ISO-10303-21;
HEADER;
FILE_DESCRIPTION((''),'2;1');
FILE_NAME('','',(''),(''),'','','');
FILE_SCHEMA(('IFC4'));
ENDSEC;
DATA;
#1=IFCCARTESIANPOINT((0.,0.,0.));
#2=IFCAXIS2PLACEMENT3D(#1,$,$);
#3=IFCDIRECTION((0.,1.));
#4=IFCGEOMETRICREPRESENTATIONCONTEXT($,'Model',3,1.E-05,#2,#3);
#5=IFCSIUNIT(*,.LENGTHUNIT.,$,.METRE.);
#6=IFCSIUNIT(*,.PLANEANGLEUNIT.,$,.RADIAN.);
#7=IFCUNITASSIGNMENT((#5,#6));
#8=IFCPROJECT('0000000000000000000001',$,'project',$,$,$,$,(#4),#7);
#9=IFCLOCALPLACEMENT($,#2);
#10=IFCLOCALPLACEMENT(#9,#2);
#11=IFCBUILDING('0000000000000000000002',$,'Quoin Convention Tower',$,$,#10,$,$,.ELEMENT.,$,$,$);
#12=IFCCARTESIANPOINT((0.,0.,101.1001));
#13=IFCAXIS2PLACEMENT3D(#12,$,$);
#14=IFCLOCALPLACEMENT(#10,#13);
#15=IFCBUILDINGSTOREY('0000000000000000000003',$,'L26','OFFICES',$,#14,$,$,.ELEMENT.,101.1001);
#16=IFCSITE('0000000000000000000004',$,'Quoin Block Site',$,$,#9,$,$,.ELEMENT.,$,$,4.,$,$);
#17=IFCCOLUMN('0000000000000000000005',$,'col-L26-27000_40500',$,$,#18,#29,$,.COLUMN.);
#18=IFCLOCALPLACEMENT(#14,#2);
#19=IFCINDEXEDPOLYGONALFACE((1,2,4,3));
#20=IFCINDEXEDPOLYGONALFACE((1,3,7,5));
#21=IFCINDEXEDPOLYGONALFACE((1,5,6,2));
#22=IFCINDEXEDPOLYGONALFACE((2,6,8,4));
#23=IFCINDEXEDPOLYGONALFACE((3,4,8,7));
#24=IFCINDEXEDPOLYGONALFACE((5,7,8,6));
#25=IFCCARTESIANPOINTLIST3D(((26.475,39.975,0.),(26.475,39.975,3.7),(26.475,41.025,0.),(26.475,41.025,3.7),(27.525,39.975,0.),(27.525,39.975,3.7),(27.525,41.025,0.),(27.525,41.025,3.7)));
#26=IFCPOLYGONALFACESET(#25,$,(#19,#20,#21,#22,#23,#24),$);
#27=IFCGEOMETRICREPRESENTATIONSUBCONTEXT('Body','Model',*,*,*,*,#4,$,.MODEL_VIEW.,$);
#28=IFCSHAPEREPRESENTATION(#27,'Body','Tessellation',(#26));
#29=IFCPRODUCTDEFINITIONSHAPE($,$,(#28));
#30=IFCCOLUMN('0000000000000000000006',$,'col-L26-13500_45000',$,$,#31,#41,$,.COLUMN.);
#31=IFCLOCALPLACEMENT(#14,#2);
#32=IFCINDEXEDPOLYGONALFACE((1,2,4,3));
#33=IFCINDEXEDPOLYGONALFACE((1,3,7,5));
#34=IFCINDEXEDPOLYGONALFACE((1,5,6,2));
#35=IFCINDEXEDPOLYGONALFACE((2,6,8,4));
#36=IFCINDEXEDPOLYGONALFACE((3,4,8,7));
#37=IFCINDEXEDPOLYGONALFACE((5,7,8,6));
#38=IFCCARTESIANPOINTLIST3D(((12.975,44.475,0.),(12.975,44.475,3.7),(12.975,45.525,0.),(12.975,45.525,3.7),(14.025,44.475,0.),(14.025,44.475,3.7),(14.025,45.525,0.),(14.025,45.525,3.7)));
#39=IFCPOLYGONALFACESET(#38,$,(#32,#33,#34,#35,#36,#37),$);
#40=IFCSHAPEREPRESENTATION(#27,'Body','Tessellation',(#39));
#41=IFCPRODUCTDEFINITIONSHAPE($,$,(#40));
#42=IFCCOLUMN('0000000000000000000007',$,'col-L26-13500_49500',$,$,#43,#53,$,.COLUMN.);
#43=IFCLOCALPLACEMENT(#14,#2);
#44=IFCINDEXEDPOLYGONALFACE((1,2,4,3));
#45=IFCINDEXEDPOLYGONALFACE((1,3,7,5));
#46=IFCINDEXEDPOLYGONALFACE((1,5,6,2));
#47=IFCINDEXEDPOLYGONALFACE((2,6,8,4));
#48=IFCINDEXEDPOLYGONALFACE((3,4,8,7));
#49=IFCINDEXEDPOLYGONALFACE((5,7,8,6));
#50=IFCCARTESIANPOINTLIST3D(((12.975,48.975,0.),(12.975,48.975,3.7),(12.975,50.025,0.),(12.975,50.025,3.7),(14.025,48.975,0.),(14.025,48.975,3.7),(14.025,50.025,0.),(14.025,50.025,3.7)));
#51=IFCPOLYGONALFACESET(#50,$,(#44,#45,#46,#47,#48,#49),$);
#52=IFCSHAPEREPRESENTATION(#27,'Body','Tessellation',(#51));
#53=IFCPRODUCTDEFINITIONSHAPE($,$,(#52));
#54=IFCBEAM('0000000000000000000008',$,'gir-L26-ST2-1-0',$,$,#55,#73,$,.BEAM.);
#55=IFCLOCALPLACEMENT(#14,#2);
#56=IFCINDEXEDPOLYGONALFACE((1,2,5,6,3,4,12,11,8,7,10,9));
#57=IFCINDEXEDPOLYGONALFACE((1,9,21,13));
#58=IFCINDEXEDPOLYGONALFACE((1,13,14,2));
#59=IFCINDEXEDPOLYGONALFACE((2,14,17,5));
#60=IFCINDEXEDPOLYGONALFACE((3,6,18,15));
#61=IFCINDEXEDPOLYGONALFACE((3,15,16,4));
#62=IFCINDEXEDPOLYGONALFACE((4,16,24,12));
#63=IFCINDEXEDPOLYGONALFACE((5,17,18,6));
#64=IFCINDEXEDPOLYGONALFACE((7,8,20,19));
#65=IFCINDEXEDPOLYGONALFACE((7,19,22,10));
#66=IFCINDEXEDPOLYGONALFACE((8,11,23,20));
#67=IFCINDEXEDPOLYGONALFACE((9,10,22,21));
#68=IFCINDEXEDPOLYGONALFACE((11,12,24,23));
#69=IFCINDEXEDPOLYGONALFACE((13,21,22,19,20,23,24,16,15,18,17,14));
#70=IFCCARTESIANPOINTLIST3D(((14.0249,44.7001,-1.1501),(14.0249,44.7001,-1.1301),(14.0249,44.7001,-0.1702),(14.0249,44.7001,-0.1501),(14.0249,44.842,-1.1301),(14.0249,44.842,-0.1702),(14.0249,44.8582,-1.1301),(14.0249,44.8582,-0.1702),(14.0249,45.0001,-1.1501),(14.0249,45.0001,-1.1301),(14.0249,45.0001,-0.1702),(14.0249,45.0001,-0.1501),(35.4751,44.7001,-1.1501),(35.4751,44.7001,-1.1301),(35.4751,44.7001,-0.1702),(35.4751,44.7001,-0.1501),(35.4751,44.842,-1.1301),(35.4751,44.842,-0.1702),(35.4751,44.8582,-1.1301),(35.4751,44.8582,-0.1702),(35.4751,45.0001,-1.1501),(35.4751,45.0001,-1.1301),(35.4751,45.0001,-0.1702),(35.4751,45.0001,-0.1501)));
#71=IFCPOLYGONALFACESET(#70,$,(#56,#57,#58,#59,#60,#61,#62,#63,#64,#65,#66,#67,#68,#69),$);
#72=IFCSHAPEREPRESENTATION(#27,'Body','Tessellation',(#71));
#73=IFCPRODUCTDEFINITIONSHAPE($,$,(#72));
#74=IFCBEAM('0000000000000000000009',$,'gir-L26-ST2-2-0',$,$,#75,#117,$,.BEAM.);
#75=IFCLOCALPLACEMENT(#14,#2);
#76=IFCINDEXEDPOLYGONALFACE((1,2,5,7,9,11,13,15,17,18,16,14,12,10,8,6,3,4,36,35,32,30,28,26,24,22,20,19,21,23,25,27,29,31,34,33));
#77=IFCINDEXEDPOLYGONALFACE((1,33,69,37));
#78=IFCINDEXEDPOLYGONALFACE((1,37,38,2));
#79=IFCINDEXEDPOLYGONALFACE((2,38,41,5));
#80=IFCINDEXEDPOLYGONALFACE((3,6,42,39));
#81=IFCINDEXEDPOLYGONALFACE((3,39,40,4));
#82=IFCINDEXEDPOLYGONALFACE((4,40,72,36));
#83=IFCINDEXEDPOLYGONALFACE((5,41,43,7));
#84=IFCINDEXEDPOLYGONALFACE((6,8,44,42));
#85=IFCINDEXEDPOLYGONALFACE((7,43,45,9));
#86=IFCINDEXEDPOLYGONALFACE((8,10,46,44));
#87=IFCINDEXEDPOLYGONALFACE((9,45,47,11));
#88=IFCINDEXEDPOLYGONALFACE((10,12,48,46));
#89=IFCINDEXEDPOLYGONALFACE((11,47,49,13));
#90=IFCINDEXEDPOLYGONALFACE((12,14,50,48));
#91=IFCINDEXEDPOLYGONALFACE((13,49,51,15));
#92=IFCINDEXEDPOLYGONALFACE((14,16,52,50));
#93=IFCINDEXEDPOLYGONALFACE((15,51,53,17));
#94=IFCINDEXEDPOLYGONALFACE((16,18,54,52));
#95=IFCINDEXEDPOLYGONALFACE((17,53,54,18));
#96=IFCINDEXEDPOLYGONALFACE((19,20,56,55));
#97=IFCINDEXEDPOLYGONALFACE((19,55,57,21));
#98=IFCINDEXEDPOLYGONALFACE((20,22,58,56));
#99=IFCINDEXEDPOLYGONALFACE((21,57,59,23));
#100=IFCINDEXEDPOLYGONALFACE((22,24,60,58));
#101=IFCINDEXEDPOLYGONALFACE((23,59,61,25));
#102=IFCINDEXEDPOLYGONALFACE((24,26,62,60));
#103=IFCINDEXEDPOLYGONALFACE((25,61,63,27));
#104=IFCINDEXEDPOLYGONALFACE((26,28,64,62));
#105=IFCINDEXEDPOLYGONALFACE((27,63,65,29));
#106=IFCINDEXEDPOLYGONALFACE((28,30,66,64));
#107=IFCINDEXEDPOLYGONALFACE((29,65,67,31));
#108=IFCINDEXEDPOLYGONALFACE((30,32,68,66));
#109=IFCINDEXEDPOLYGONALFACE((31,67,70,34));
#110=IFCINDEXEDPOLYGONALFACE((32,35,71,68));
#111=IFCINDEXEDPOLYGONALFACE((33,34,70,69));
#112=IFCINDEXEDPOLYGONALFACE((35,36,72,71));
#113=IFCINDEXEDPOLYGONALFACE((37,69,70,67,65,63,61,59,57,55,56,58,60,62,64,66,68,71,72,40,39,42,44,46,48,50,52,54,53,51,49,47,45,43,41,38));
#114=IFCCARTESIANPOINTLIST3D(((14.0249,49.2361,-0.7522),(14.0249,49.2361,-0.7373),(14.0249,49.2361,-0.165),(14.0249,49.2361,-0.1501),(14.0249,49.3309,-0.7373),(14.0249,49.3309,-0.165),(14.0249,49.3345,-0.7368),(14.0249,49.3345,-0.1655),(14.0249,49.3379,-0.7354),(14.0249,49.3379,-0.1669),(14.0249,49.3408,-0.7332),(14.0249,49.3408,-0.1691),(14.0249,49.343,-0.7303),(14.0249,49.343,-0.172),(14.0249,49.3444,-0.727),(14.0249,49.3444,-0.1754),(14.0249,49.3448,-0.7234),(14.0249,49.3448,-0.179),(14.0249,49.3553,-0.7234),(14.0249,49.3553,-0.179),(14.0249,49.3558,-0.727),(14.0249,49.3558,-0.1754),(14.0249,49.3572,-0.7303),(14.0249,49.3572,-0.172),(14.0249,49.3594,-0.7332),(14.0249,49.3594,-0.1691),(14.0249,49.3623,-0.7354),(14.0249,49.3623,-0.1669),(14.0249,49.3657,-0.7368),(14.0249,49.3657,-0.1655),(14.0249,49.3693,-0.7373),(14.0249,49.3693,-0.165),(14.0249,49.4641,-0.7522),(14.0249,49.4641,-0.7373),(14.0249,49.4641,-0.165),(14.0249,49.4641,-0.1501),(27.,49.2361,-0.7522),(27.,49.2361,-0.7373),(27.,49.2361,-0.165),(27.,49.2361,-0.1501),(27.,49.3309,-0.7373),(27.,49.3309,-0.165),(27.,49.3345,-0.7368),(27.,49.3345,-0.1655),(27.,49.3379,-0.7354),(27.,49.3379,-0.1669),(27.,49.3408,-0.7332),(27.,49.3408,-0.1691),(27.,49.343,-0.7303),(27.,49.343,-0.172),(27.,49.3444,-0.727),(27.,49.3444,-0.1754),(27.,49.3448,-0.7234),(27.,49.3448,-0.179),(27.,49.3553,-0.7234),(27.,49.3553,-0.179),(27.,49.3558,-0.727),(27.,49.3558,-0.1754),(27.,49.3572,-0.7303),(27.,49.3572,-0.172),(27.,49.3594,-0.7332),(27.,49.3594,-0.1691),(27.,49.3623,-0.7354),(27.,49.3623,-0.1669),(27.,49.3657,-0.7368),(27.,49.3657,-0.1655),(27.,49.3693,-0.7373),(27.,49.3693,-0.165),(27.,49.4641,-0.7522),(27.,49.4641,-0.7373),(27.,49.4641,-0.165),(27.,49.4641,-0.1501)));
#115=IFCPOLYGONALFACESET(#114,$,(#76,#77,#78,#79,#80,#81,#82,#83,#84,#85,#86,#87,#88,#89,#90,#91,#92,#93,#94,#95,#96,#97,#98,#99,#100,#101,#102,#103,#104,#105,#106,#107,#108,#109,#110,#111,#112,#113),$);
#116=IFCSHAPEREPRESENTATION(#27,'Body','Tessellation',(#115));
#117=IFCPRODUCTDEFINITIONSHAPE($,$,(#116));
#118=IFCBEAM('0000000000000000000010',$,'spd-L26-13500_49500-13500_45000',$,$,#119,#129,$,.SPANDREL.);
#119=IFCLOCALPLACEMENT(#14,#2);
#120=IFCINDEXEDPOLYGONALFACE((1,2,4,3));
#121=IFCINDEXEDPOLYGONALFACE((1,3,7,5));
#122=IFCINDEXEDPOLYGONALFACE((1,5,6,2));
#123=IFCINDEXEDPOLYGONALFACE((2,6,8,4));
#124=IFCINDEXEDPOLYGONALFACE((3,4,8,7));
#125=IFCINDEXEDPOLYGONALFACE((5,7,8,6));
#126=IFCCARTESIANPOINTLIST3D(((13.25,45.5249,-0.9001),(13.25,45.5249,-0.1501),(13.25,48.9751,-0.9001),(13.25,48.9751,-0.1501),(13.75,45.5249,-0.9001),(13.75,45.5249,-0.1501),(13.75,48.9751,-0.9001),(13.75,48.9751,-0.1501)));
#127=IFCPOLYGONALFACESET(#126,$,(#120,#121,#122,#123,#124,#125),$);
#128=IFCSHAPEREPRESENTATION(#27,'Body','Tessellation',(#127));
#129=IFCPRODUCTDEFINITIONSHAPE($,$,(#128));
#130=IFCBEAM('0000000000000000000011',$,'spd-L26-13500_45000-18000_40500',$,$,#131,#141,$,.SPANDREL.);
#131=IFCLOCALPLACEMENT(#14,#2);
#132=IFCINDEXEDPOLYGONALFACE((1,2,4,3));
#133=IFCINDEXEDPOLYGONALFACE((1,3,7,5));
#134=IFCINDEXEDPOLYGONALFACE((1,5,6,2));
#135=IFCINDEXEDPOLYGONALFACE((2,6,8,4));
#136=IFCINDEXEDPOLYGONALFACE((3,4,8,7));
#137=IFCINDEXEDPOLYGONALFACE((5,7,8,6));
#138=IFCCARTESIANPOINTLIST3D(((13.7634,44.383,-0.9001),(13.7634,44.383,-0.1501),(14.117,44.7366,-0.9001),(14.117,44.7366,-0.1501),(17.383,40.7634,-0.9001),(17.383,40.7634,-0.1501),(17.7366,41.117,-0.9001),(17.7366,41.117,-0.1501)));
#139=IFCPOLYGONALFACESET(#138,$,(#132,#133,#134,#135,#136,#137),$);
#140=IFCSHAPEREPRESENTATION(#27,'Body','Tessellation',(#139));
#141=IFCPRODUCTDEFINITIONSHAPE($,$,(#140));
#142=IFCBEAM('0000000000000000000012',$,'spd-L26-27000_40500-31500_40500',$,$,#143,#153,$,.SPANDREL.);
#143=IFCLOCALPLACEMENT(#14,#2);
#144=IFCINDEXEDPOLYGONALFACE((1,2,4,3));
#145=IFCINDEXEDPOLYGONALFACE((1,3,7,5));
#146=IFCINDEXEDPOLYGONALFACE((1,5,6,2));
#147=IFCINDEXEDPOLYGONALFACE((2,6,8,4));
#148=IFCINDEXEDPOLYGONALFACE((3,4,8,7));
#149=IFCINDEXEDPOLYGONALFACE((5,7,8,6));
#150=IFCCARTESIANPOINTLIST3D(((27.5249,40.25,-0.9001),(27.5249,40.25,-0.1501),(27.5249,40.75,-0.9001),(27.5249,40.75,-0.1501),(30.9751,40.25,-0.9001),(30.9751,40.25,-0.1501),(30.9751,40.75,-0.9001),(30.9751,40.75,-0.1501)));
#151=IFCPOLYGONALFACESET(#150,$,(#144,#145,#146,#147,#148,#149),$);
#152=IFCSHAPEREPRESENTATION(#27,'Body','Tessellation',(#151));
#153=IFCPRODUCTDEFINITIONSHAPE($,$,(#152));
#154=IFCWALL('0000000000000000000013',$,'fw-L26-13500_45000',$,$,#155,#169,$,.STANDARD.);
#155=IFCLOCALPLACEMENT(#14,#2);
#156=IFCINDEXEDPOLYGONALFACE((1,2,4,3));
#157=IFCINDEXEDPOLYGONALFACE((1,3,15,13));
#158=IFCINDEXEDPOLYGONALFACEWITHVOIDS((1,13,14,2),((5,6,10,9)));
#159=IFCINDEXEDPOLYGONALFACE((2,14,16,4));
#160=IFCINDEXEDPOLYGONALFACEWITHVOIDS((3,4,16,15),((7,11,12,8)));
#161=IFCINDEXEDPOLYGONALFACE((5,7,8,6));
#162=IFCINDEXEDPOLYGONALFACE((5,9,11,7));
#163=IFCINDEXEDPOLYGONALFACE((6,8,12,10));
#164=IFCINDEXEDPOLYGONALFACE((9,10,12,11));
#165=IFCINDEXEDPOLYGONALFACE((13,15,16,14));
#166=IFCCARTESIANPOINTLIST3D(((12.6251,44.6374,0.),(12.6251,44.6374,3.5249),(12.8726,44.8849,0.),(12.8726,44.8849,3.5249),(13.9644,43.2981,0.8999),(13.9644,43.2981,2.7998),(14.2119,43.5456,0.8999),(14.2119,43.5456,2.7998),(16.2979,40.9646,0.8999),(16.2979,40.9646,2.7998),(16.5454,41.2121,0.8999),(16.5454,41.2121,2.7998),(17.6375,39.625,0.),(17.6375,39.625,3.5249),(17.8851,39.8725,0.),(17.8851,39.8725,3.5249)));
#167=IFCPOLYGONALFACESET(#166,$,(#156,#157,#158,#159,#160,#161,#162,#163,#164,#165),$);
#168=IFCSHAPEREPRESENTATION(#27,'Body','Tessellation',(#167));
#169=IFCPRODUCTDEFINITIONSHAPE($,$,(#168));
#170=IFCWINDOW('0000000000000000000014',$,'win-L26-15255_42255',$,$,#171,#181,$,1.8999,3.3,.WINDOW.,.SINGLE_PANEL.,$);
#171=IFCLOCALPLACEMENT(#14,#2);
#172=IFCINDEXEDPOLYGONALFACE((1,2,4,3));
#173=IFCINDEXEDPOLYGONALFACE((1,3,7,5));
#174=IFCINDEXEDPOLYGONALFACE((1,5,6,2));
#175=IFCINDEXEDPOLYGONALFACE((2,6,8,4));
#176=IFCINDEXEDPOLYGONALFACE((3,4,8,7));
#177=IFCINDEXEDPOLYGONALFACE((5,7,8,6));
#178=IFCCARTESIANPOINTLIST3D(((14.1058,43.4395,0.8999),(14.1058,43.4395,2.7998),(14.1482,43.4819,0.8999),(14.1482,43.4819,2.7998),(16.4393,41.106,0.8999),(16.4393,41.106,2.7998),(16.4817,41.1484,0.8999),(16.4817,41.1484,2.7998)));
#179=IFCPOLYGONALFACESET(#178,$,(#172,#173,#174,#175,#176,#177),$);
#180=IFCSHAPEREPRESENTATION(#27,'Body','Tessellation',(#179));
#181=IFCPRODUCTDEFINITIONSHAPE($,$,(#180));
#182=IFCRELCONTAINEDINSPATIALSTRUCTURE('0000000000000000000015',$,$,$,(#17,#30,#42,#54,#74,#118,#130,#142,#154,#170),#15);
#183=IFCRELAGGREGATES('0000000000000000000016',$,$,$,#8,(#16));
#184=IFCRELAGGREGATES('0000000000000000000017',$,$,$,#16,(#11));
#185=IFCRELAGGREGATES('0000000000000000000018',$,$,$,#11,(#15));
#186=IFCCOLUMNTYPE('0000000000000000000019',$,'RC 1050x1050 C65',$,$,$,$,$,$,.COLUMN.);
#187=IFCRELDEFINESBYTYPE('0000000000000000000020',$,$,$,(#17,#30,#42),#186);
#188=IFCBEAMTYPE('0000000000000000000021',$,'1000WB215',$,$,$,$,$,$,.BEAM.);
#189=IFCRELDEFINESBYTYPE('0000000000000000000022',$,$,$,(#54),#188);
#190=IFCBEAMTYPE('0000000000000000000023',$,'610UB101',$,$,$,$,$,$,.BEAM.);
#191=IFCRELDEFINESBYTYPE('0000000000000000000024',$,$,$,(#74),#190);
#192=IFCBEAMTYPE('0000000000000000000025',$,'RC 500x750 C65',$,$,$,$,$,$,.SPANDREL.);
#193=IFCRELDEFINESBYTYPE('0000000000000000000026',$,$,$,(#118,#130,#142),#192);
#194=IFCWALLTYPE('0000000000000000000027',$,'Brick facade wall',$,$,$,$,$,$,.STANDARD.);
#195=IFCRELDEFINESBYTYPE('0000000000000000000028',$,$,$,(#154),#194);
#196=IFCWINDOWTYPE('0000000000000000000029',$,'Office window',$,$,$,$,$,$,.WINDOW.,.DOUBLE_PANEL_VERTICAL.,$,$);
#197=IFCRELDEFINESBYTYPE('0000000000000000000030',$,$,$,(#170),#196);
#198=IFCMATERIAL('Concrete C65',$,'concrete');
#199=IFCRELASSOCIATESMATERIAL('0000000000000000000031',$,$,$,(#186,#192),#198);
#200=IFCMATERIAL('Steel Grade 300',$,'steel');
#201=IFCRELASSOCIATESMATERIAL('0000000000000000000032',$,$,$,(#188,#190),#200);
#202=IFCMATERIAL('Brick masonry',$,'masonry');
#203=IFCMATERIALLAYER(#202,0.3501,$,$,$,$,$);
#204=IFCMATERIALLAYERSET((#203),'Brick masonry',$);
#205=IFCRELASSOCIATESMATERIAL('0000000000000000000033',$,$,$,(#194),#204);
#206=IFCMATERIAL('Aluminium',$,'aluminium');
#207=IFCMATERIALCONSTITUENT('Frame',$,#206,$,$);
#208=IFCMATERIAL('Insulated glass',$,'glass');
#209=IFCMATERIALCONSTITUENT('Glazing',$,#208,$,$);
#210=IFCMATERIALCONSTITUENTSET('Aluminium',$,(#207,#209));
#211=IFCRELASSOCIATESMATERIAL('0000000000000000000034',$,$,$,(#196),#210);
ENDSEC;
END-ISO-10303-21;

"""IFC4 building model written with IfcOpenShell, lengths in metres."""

from ifc_helpers import new_model, si_unit, direction, frame, frame_2d, origin, origin_2d, place, context, subcontext, project, spatial, rectangle, i_section, extrude, material, layer, layer_set, constituent, constituent_set, material_profile, profile_set, type_object, element, fill, save


model = new_model("IFC4")

# Units and contexts
model_context = context("Model", 3, precision=1e-05, world=origin(), true_north=direction((0.0, 1.0)))
body_context = subcontext(model_context, "Body", "Model", "MODEL_VIEW")
ifc_project = project(units=[si_unit("LENGTHUNIT", "METRE"), si_unit("PLANEANGLEUNIT", "RADIAN")], contexts=[model_context])

# Site, building, storey
site_placement = place(None, origin())
site = spatial("IfcSite", under=ifc_project, at=site_placement, Name="Quoin Block Site", CompositionType="ELEMENT", RefElevation=4.0)
building_placement = place(site_placement, origin())
building = spatial("IfcBuilding", under=site, at=building_placement, Name="Quoin Convention Tower", CompositionType="ELEMENT")
storey_placement = place(building_placement, frame((0.0, 0.0, 101.1001)))
storey = spatial("IfcBuildingStorey", under=building, at=storey_placement, Name="L26", Description="OFFICES", CompositionType="ELEMENT", Elevation=101.1001)

# Columns
ifc_material_1 = material(Name="Concrete C65", Category="concrete")
ifc_material_profile_1 = material_profile(ifc_material_1, rectangle(XDim=1.05, YDim=1.05, at=origin_2d()), Name="RC 1050x1050")
ifc_profile_set_1 = profile_set([ifc_material_profile_1], Name="Concrete C65")
column_type = type_object("IfcColumnType", Name="RC 1050x1050 C65", PredefinedType="COLUMN", material=ifc_profile_set_1)
for number, where, z_axis, x_axis, name in (
    (1, (27.0, 40.5, 0.0), (0.0, 0.0, 1.0), (1.0, 0.0, 0.0), "col-L26-27000_40500"),
    (2, (13.5, 45.0, 0.0), (0.0, 0.0, 1.0), (1.0, 0.0, 0.0), "col-L26-13500_45000"),
    (3, (13.5, 49.5, 0.0), (0.0, 0.0, 1.0), (1.0, 0.0, 0.0), "col-L26-13500_49500"),
):
    element("IfcColumn", number, at=place(storey_placement, frame(where, z_axis=z_axis, x_axis=x_axis)), inside=storey, type_object=column_type, Name=name, PredefinedType="COLUMN", context=body_context, shape_type="SweptSolid", body=[
        extrude(rectangle(XDim=1.05, YDim=1.05, at=origin_2d()), origin(), (0.0, 0.0, 1.0), 3.7),
    ])

# Beams
ifc_material_2 = material(Name="Steel Grade 300", Category="steel")
ifc_material_profile_2 = material_profile(ifc_material_2, i_section(OverallWidth=0.3, OverallDepth=1.0, WebThickness=0.0161, FlangeThickness=0.02, at=origin_2d()), Name="1000WB215")
ifc_profile_set_2 = profile_set([ifc_material_profile_2], Name="Steel Grade 300")
beam_type_1 = type_object("IfcBeamType", Name="1000WB215", PredefinedType="BEAM", material=ifc_profile_set_2)
beam_1_placement = place(storey_placement, frame((14.0249, 44.8501, -0.6501), z_axis=(1.0, 0.0, 0.0), x_axis=(0.0, 1.0, 0.0)))
element("IfcBeam", 4, at=beam_1_placement, inside=storey, type_object=beam_type_1, Name="gir-L26-ST2-1-0", PredefinedType="BEAM", context=body_context, shape_type="SweptSolid", body=[
    extrude(i_section(OverallWidth=0.3, OverallDepth=1.0, WebThickness=0.0161, FlangeThickness=0.02, at=origin_2d()), origin(), (0.0, 0.0, 1.0), 21.4502),
])
ifc_material_profile_3 = material_profile(ifc_material_2, i_section(OverallWidth=0.228, OverallDepth=0.6021, WebThickness=0.0105, FlangeThickness=0.0149, FilletRadius=0.0139, at=origin_2d()), Name="610UB101")
ifc_profile_set_3 = profile_set([ifc_material_profile_3], Name="Steel Grade 300")
beam_type_2 = type_object("IfcBeamType", Name="610UB101", PredefinedType="BEAM", material=ifc_profile_set_3)
beam_2_placement = place(storey_placement, frame((14.0249, 49.3501, -0.4512), z_axis=(1.0, 0.0, 0.0), x_axis=(0.0, 1.0, 0.0)))
element("IfcBeam", 5, at=beam_2_placement, inside=storey, type_object=beam_type_2, Name="gir-L26-ST2-2-0", PredefinedType="BEAM", context=body_context, shape_type="SweptSolid", body=[
    extrude(i_section(OverallWidth=0.228, OverallDepth=0.6021, WebThickness=0.0105, FlangeThickness=0.0149, FilletRadius=0.0139, at=origin_2d()), origin(), (0.0, 0.0, 1.0), 12.9751),
])
ifc_material_profile_4 = material_profile(ifc_material_1, rectangle(XDim=0.5, YDim=0.75, at=origin_2d()), Name="RC 500x750")
ifc_profile_set_4 = profile_set([ifc_material_profile_4], Name="Concrete C65")
beam_type_3 = type_object("IfcBeamType", Name="RC 500x750 C65", PredefinedType="SPANDREL", material=ifc_profile_set_4)
beam_3_placement = place(storey_placement, frame((13.5, 48.9751, -0.5251), z_axis=(0.0, -1.0, 0.0), x_axis=(1.0, 0.0, 0.0)))
element("IfcBeam", 6, at=beam_3_placement, inside=storey, type_object=beam_type_3, Name="spd-L26-13500_49500-13500_45000", PredefinedType="SPANDREL", context=body_context, shape_type="SweptSolid", body=[
    extrude(rectangle(XDim=0.5, YDim=0.75, at=origin_2d()), origin(), (0.0, 0.0, 1.0), 3.4502),
])
beam_4_placement = place(storey_placement, frame((13.9402, 44.5598, -0.5251), z_axis=(0.707107, -0.707107, 0.0), x_axis=(0.707107, 0.707107, 0.0)))
element("IfcBeam", 7, at=beam_4_placement, inside=storey, type_object=beam_type_3, Name="spd-L26-13500_45000-18000_40500", PredefinedType="SPANDREL", context=body_context, shape_type="SweptSolid", body=[
    extrude(rectangle(XDim=0.5, YDim=0.75, at=origin_2d()), origin(), (0.0, 0.0, 1.0), 5.1189),
])
beam_5_placement = place(storey_placement, frame((27.5249, 40.5, -0.5251), z_axis=(1.0, 0.0, 0.0), x_axis=(0.0, 1.0, 0.0)))
element("IfcBeam", 8, at=beam_5_placement, inside=storey, type_object=beam_type_3, Name="spd-L26-27000_40500-31500_40500", PredefinedType="SPANDREL", context=body_context, shape_type="SweptSolid", body=[
    extrude(rectangle(XDim=0.5, YDim=0.75, at=origin_2d()), origin(), (0.0, 0.0, 1.0), 3.4502),
])

# Wall, opening, window
ifc_material_3 = material(Name="Brick masonry", Category="masonry")
ifc_layer_1 = layer(ifc_material_3, 0.3501)
ifc_layer_set_1 = layer_set([ifc_layer_1], Name="Brick masonry")
wall_type_1 = type_object("IfcWallType", Name="Brick facade wall", PredefinedType="STANDARD", material=ifc_layer_set_1)
wall_1_placement = place(storey_placement, frame((12.7488, 44.7612, 0.0), z_axis=(0.0, 0.0, 1.0), x_axis=(0.707107, -0.707107, 0.0)))
wall_1 = element("IfcWall", 9, at=wall_1_placement, inside=storey, type_object=wall_type_1, Name="fw-L26-13500_45000", PredefinedType="STANDARD", context=body_context, shape_type="SweptSolid", body=[
    extrude(rectangle(XDim=7.0886, YDim=0.3501, at=frame_2d((3.5444, 0.0))), origin(), (0.0, 0.0, 1.0), 3.5249),
])
opening_1_placement = place(wall_1_placement, frame((1.8943, 0.0, 0.8999)))
opening_1 = element("IfcOpeningElement", 10, at=opening_1_placement, cuts=wall_1, PredefinedType="OPENING", context=body_context, shape_type="SweptSolid", body=[
    extrude(rectangle(XDim=3.3, YDim=1.8999, at=frame_2d((1.6499, 0.95))), frame((0.0, 0.1851, 0.0), z_axis=(0.0, -1.0, 0.0), x_axis=(1.0, 0.0, 0.0)), (0.0, 0.0, 1.0), 0.3701),
])
ifc_material_4 = material(Name="Aluminium", Category="aluminium")
ifc_constituent_1 = constituent(ifc_material_4, Name="Frame")
ifc_material_5 = material(Name="Insulated glass", Category="glass")
ifc_constituent_2 = constituent(ifc_material_5, Name="Glazing")
ifc_constituent_set = constituent_set(constituents=[ifc_constituent_1, ifc_constituent_2], Name="Aluminium")
window_type = type_object("IfcWindowType", Name="Office window", PartitioningType="DOUBLE_PANEL_VERTICAL", PredefinedType="WINDOW", material=ifc_constituent_set)
window_placement = place(opening_1_placement, origin())
window = element("IfcWindow", 11, at=window_placement, inside=storey, type_object=window_type, Name="win-L26-15255_42255", OverallHeight=1.8999, OverallWidth=3.3, PartitioningType="SINGLE_PANEL", PredefinedType="WINDOW", context=body_context, shape_type="SweptSolid", body=[
    extrude(rectangle(XDim=3.3, YDim=1.8999, at=frame_2d((1.6499, 0.95))), frame((0.0, 0.085, 0.0), z_axis=(0.0, -1.0, 0.0), x_axis=(1.0, 0.0, 0.0)), (0.0, 0.0, 1.0), 0.0601),
])
fill(opening_1, window)

save(model, "model.ifc")
